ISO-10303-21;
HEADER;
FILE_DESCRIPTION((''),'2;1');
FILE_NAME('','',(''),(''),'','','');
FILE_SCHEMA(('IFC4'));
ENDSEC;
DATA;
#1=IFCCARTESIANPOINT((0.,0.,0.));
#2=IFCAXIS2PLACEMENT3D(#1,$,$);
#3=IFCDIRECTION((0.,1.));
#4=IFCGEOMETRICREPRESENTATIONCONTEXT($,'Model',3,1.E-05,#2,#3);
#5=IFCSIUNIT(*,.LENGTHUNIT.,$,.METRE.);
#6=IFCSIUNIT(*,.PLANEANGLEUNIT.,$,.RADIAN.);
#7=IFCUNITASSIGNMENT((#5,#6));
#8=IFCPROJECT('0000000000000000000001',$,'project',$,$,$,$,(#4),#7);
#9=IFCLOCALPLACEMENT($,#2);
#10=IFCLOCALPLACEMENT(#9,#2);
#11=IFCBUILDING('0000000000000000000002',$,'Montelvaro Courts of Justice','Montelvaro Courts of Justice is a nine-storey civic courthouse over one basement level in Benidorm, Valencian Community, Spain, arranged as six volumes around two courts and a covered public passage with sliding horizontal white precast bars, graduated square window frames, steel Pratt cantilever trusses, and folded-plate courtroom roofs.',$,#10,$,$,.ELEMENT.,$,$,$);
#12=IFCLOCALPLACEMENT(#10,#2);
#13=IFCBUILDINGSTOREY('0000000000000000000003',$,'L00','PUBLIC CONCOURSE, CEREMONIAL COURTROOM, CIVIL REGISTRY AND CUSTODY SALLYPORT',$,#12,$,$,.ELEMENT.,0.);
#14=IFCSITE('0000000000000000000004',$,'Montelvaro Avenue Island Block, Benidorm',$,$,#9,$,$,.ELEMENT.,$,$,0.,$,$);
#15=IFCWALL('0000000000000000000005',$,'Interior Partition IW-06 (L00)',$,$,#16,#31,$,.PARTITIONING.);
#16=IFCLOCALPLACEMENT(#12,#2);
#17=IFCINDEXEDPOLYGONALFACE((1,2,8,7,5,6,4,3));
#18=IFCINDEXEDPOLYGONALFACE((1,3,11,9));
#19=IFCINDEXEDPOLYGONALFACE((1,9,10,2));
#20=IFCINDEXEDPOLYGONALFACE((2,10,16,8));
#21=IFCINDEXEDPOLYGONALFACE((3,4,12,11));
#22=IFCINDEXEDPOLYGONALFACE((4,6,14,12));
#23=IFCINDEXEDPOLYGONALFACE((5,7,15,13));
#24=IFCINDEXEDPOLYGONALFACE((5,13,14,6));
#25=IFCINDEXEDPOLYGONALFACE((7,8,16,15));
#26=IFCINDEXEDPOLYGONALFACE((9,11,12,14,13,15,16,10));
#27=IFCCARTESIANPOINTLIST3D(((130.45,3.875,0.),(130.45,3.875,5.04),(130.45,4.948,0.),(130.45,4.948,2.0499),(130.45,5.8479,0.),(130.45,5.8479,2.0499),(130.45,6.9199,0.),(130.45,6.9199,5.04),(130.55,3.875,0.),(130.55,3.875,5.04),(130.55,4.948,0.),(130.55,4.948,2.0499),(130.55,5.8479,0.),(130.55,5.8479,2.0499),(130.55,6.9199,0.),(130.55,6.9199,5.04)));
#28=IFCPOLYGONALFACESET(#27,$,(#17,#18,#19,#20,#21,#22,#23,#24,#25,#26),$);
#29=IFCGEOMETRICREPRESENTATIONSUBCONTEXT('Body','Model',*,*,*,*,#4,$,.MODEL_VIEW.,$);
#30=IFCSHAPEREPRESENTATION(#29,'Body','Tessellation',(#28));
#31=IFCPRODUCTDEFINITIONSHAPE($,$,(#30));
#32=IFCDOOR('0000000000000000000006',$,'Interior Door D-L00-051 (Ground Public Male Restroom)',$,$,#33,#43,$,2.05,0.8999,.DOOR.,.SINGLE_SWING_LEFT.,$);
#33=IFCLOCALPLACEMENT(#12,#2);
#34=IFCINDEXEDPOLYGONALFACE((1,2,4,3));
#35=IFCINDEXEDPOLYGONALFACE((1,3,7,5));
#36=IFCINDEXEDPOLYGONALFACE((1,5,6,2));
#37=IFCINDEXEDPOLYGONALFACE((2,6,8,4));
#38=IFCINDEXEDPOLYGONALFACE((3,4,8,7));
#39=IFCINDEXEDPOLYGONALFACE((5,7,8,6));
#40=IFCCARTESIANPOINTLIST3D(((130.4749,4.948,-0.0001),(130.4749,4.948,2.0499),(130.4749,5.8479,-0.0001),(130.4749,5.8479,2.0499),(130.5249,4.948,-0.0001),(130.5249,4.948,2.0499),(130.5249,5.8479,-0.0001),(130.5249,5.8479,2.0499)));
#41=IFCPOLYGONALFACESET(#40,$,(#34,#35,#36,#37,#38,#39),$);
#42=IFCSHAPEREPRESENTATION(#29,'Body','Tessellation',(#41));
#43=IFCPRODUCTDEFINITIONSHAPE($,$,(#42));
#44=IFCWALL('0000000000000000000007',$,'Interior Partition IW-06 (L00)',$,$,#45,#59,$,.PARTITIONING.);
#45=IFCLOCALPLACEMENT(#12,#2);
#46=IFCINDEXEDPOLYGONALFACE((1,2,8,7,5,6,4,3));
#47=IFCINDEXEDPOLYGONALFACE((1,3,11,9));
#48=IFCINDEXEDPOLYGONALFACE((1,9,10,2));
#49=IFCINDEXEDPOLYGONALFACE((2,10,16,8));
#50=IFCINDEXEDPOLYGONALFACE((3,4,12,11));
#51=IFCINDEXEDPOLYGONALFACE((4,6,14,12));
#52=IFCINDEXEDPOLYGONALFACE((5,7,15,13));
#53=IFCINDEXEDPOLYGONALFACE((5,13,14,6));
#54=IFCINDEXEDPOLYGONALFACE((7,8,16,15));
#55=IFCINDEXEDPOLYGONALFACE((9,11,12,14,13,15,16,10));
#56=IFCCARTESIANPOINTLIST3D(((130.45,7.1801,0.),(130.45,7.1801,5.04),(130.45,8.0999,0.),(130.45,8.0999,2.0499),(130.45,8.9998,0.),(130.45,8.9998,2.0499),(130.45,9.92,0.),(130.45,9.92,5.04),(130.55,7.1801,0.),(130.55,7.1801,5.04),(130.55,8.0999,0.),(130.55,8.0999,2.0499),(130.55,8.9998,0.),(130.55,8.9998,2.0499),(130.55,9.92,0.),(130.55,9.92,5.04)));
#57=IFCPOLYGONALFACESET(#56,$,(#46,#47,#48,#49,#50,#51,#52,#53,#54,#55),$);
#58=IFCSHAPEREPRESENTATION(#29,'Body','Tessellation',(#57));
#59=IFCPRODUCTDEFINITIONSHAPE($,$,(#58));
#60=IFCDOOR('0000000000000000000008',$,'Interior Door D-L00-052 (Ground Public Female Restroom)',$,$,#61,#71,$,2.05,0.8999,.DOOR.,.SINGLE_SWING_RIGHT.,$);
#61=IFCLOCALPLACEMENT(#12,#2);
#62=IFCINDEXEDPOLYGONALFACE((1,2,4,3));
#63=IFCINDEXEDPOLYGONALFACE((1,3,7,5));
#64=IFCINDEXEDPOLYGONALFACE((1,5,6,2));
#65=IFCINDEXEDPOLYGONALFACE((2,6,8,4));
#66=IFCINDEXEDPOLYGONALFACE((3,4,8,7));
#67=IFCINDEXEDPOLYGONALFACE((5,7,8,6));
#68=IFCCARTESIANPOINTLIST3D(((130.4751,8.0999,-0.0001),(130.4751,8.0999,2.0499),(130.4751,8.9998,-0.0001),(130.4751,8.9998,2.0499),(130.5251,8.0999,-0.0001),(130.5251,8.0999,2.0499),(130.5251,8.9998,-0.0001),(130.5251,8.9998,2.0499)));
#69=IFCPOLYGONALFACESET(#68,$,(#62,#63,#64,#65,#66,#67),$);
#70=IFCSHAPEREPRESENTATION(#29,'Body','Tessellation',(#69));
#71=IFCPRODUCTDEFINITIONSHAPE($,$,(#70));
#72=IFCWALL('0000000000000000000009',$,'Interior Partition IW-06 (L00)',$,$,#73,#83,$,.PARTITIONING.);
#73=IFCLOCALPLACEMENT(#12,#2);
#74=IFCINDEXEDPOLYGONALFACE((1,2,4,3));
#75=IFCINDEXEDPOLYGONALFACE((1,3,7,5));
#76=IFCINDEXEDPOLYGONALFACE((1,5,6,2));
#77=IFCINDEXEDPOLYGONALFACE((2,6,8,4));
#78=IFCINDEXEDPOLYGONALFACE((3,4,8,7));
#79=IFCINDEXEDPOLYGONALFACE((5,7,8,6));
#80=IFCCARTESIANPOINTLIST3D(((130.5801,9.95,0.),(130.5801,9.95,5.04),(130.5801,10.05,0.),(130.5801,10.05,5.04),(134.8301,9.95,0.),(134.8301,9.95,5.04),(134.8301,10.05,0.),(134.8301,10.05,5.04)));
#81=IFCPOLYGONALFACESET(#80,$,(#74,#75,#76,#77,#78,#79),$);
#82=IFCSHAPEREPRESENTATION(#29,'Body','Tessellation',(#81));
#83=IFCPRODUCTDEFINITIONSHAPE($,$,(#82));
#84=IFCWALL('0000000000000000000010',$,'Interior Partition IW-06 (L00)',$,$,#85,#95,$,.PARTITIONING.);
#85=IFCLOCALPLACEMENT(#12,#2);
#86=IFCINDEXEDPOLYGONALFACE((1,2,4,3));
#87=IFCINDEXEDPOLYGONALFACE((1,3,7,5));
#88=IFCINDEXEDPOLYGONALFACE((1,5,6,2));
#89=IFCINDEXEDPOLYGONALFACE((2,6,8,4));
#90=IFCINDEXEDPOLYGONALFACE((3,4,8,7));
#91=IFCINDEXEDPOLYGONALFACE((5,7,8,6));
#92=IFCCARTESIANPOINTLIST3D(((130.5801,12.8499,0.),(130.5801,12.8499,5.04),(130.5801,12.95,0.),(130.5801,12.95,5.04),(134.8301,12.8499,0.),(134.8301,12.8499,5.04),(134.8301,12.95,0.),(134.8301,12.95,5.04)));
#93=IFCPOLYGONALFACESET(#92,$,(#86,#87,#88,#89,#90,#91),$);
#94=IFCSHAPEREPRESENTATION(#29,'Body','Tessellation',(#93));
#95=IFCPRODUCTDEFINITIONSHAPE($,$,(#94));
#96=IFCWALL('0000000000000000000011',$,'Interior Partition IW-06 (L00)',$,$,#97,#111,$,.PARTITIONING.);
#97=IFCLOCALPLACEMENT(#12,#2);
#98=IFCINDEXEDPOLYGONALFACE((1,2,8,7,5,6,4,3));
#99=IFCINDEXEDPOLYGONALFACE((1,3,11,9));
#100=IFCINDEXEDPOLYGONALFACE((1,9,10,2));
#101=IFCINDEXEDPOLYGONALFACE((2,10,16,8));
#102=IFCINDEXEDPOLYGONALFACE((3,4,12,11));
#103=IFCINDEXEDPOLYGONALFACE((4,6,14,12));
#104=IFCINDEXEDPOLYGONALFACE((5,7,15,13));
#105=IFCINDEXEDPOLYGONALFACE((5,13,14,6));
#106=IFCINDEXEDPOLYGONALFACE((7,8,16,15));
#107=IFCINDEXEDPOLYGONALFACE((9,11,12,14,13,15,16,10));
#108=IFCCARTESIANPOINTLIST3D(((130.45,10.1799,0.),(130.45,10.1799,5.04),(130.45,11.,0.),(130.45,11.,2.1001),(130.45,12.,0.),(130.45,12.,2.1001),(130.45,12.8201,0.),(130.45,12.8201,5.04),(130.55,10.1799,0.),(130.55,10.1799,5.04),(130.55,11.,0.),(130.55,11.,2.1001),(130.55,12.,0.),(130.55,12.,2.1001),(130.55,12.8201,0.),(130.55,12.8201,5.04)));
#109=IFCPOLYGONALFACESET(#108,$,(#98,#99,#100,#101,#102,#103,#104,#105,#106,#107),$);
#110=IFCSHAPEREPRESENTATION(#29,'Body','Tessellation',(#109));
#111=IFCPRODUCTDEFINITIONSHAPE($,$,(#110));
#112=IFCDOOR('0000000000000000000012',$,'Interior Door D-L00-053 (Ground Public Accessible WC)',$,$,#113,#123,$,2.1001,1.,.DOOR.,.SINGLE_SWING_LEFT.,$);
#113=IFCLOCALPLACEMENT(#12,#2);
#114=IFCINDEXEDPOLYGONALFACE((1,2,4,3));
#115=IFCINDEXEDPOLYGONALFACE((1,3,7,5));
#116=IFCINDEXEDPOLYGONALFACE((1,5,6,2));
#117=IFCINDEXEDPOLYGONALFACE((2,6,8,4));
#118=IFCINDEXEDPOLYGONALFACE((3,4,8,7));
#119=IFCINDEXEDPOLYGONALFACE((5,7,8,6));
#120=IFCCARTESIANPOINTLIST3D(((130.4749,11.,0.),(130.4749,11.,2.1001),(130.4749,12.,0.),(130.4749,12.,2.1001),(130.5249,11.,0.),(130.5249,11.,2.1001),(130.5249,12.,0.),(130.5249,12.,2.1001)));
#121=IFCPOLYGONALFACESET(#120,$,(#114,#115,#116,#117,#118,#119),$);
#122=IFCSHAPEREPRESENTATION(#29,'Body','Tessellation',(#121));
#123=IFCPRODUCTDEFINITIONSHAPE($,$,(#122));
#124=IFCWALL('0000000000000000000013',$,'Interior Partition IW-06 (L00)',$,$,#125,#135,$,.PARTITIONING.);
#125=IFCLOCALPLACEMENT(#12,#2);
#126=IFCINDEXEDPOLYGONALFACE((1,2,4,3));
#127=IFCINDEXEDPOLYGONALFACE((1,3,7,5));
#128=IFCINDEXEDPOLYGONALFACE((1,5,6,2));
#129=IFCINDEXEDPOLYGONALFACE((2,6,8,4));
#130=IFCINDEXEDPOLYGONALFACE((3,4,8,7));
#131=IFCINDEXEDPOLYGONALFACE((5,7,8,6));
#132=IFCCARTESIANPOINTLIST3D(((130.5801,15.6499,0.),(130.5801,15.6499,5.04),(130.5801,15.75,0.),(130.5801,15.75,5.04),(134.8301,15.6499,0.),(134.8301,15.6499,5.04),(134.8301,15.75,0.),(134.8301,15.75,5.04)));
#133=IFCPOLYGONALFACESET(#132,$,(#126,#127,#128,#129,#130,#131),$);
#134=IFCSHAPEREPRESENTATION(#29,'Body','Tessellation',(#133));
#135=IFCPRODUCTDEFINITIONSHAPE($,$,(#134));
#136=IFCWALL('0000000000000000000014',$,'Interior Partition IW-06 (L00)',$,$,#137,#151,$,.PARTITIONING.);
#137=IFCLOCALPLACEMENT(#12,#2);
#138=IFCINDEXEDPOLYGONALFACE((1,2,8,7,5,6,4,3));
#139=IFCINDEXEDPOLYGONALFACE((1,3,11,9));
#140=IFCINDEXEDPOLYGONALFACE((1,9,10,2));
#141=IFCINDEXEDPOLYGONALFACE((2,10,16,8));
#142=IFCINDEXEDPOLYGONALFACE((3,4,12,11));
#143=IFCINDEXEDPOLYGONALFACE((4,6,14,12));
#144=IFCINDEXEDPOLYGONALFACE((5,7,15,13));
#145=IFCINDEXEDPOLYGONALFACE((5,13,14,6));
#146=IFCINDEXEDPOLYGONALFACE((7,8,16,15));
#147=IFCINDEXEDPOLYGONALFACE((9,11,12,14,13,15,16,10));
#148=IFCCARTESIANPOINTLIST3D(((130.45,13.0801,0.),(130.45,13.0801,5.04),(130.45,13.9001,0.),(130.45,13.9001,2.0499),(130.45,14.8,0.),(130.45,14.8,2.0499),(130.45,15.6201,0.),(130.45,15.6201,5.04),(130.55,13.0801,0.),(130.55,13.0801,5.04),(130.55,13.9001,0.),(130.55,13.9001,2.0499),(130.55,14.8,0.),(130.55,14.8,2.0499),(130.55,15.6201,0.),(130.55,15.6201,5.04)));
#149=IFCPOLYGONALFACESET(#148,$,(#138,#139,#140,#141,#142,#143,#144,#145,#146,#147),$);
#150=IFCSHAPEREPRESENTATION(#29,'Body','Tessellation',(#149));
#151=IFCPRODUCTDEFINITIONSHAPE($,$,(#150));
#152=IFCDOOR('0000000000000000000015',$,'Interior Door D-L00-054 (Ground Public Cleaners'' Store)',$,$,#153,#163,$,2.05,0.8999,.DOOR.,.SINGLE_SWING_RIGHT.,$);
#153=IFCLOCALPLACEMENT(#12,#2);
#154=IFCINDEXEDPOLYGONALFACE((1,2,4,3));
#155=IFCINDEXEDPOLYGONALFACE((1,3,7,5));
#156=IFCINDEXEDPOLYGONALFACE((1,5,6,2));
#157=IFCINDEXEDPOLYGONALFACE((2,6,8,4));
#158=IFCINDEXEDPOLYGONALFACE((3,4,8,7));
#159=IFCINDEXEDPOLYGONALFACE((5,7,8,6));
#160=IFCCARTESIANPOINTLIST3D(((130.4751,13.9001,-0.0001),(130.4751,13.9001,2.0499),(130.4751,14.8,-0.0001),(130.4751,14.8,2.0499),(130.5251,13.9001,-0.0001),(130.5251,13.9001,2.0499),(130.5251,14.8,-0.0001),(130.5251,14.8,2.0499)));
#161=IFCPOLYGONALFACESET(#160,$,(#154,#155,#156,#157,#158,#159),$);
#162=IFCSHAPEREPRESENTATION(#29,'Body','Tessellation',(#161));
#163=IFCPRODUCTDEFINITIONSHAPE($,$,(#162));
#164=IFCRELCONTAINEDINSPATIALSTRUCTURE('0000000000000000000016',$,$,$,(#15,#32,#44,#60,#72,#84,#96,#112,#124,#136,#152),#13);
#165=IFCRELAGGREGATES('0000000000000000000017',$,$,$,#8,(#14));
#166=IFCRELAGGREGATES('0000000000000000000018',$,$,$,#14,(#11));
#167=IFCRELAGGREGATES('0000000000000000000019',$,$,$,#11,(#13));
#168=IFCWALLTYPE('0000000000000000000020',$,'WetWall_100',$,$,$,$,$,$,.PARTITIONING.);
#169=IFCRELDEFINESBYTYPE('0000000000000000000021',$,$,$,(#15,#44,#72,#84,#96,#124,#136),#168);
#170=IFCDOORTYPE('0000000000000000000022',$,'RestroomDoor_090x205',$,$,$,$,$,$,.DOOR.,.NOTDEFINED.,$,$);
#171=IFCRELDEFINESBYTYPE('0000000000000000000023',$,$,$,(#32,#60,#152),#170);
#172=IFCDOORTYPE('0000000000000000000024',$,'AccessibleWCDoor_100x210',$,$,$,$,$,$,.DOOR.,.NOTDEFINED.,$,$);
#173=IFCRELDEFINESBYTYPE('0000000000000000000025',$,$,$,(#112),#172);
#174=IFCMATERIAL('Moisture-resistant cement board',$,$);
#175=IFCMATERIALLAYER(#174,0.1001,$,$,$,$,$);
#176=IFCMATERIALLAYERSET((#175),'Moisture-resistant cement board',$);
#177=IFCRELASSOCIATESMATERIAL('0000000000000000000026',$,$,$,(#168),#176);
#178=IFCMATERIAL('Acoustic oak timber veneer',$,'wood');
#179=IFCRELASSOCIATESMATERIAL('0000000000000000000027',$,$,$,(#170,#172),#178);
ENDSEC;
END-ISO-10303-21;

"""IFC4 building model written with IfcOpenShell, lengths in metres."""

from ifc_helpers import new_model, si_unit, direction, frame, frame_2d, origin, place, context, subcontext, project, spatial, rectangle, extrude, material, layer, layer_set, type_object, element, fill, save


model = new_model("IFC4")

# Units and contexts
model_context = context("Model", 3, precision=1e-05, world=origin(), true_north=direction((0.0, 1.0)))
body_context = subcontext(model_context, "Body", "Model", "MODEL_VIEW")
ifc_project = project(units=[si_unit("LENGTHUNIT", "METRE"), si_unit("PLANEANGLEUNIT", "RADIAN")], contexts=[model_context])

# Site, building, storey
site_placement = place(None, origin())
site = spatial("IfcSite", under=ifc_project, at=site_placement, Name="Montelvaro Avenue Island Block, Benidorm", CompositionType="ELEMENT", RefElevation=0.0)
building_placement = place(site_placement, origin())
building = spatial("IfcBuilding", under=site, at=building_placement, Name="Montelvaro Courts of Justice", Description="Montelvaro Courts of Justice is a nine-storey civic courthouse over one basement level in Benidorm, Valencian Community, Spain, arranged as six volumes around two courts and a covered public passage with sliding horizontal white precast bars, graduated square window frames, steel Pratt cantilever trusses, and folded-plate courtroom roofs.", CompositionType="ELEMENT")
storey_placement = place(building_placement, origin())
storey = spatial("IfcBuildingStorey", under=building, at=storey_placement, Name="L00", Description="PUBLIC CONCOURSE, CEREMONIAL COURTROOM, CIVIL REGISTRY AND CUSTODY SALLYPORT", CompositionType="ELEMENT", Elevation=0.0)

# Walls, openings, doors
ifc_material_1 = material(Name="Moisture-resistant cement board")
ifc_layer_1 = layer(ifc_material_1, 0.1001)
ifc_layer_set_1 = layer_set([ifc_layer_1], Name="Moisture-resistant cement board")
wall_type_1 = type_object("IfcWallType", Name="WetWall_100", PredefinedType="PARTITIONING", material=ifc_layer_set_1)
wall_1_placement = place(storey_placement, frame((130.5, 3.875, 0.0), z_axis=(0.0, 0.0, 1.0), x_axis=(0.0, 1.0, 0.0)))
wall_1 = element("IfcWall", 1, at=wall_1_placement, inside=storey, type_object=wall_type_1, Name="Interior Partition IW-06 (L00)", PredefinedType="PARTITIONING", context=body_context, shape_type="SweptSolid", body=[
    extrude(rectangle(XDim=3.0449, YDim=0.1001, at=frame_2d((1.5225, 0.0))), origin(), (0.0, 0.0, 1.0), 5.04),
])
opening_1_placement = place(wall_1_placement, frame((1.073, 0.0, 0.0)))
opening_1 = element("IfcOpeningElement", 2, at=opening_1_placement, cuts=wall_1, PredefinedType="OPENING", context=body_context, shape_type="SweptSolid", body=[
    extrude(rectangle(XDim=0.8999, YDim=2.05, at=frame_2d((0.45, 1.0249))), frame((0.0, 0.0649, 0.0), z_axis=(0.0, -1.0, 0.0), x_axis=(1.0, 0.0, 0.0)), (0.0, 0.0, 1.0), 0.1299),
])
ifc_material_2 = material(Name="Acoustic oak timber veneer", Category="wood")
door_type_1 = type_object("IfcDoorType", Name="RestroomDoor_090x205", OperationType="NOTDEFINED", PredefinedType="DOOR", material=ifc_material_2)
door_1_placement = place(opening_1_placement, frame((0.8999, 0.0, 0.0), z_axis=(0.0, 0.0, 1.0), x_axis=(-1.0, 0.0, 0.0)))
door_1 = element("IfcDoor", 3, at=door_1_placement, inside=storey, type_object=door_type_1, Name="Interior Door D-L00-051 (Ground Public Male Restroom)", OperationType="SINGLE_SWING_LEFT", OverallHeight=2.05, OverallWidth=0.8999, PredefinedType="DOOR", context=body_context, shape_type="SweptSolid", body=[
    extrude(rectangle(XDim=0.8999, YDim=2.05, at=frame_2d((0.45, 1.0249))), frame((0.0, 0.0249, 0.0), z_axis=(0.0, -1.0, 0.0), x_axis=(1.0, 0.0, 0.0)), (0.0, 0.0, 1.0), 0.05),
])
fill(opening_1, door_1)
wall_2_placement = place(storey_placement, frame((130.5, 7.1799, 0.0), z_axis=(0.0, 0.0, 1.0), x_axis=(0.0, 1.0, 0.0)))
wall_2 = element("IfcWall", 4, at=wall_2_placement, inside=storey, type_object=wall_type_1, Name="Interior Partition IW-06 (L00)", PredefinedType="PARTITIONING", context=body_context, shape_type="SweptSolid", body=[
    extrude(rectangle(XDim=2.74, YDim=0.1001, at=frame_2d((1.3701, 0.0))), origin(), (0.0, 0.0, 1.0), 5.04),
])
opening_2_placement = place(wall_2_placement, frame((0.9199, 0.0, 0.0)))
opening_2 = element("IfcOpeningElement", 5, at=opening_2_placement, cuts=wall_2, PredefinedType="OPENING", context=body_context, shape_type="SweptSolid", body=[
    extrude(rectangle(XDim=0.8999, YDim=2.05, at=frame_2d((0.45, 1.0249))), frame((0.0, 0.0649, 0.0), z_axis=(0.0, -1.0, 0.0), x_axis=(1.0, 0.0, 0.0)), (0.0, 0.0, 1.0), 0.1299),
])
door_2_placement = place(opening_2_placement, origin())
door_2 = element("IfcDoor", 6, at=door_2_placement, inside=storey, type_object=door_type_1, Name="Interior Door D-L00-052 (Ground Public Female Restroom)", OperationType="SINGLE_SWING_RIGHT", OverallHeight=2.05, OverallWidth=0.8999, PredefinedType="DOOR", context=body_context, shape_type="SweptSolid", body=[
    extrude(rectangle(XDim=0.8999, YDim=2.05, at=frame_2d((0.45, 1.0249))), frame((0.0, 0.0249, 0.0), z_axis=(0.0, -1.0, 0.0), x_axis=(1.0, 0.0, 0.0)), (0.0, 0.0, 1.0), 0.05),
])
fill(opening_2, door_2)

# Walls
for number, where, z_axis, x_axis, name in (
    (7, (130.5801, 10.0, 0.0), (0.0, 0.0, 1.0), (1.0, 0.0, 0.0), "Interior Partition IW-06 (L00)"),
    (8, (130.5801, 12.8999, 0.0), (0.0, 0.0, 1.0), (1.0, 0.0, 0.0), "Interior Partition IW-06 (L00)"),
):
    element("IfcWall", number, at=place(storey_placement, frame(where, z_axis=z_axis, x_axis=x_axis)), inside=storey, type_object=wall_type_1, Name=name, PredefinedType="PARTITIONING", context=body_context, shape_type="SweptSolid", body=[
        extrude(rectangle(XDim=4.25, YDim=0.1001, at=frame_2d((2.125, 0.0))), origin(), (0.0, 0.0, 1.0), 5.04),
    ])

# Wall, opening, door
wall_3_placement = place(storey_placement, frame((130.5, 10.1799, 0.0), z_axis=(0.0, 0.0, 1.0), x_axis=(0.0, 1.0, 0.0)))
wall_3 = element("IfcWall", 9, at=wall_3_placement, inside=storey, type_object=wall_type_1, Name="Interior Partition IW-06 (L00)", PredefinedType="PARTITIONING", context=body_context, shape_type="SweptSolid", body=[
    extrude(rectangle(XDim=2.6401, YDim=0.1001, at=frame_2d((1.3201, 0.0))), origin(), (0.0, 0.0, 1.0), 5.04),
])
opening_3_placement = place(wall_3_placement, frame((0.8201, 0.0, 0.0)))
opening_3 = element("IfcOpeningElement", 10, at=opening_3_placement, cuts=wall_3, PredefinedType="OPENING", context=body_context, shape_type="SweptSolid", body=[
    extrude(rectangle(XDim=1.0, YDim=2.1001, at=frame_2d((0.5, 1.05))), frame((0.0, 0.0649, 0.0), z_axis=(0.0, -1.0, 0.0), x_axis=(1.0, 0.0, 0.0)), (0.0, 0.0, 1.0), 0.1299),
])
door_type_2 = type_object("IfcDoorType", Name="AccessibleWCDoor_100x210", OperationType="NOTDEFINED", PredefinedType="DOOR", material=ifc_material_2)
door_3_placement = place(opening_3_placement, frame((1.0, 0.0, 0.0), z_axis=(0.0, 0.0, 1.0), x_axis=(-1.0, 0.0, 0.0)))
door_3 = element("IfcDoor", 11, at=door_3_placement, inside=storey, type_object=door_type_2, Name="Interior Door D-L00-053 (Ground Public Accessible WC)", OperationType="SINGLE_SWING_LEFT", OverallHeight=2.1001, OverallWidth=1.0, PredefinedType="DOOR", context=body_context, shape_type="SweptSolid", body=[
    extrude(rectangle(XDim=1.0, YDim=2.1001, at=frame_2d((0.5, 1.05))), frame((0.0, 0.0249, 0.0), z_axis=(0.0, -1.0, 0.0), x_axis=(1.0, 0.0, 0.0)), (0.0, 0.0, 1.0), 0.05),
])
fill(opening_3, door_3)

# Wall
wall_4_placement = place(storey_placement, frame((130.5801, 15.7, 0.0), z_axis=(0.0, 0.0, 1.0), x_axis=(1.0, 0.0, 0.0)))
element("IfcWall", 12, at=wall_4_placement, inside=storey, type_object=wall_type_1, Name="Interior Partition IW-06 (L00)", PredefinedType="PARTITIONING", context=body_context, shape_type="SweptSolid", body=[
    extrude(rectangle(XDim=4.25, YDim=0.1001, at=frame_2d((2.125, 0.0))), origin(), (0.0, 0.0, 1.0), 5.04),
])

# Wall, opening, door
wall_5_placement = place(storey_placement, frame((130.5, 13.0801, 0.0), z_axis=(0.0, 0.0, 1.0), x_axis=(0.0, 1.0, 0.0)))
wall_5 = element("IfcWall", 13, at=wall_5_placement, inside=storey, type_object=wall_type_1, Name="Interior Partition IW-06 (L00)", PredefinedType="PARTITIONING", context=body_context, shape_type="SweptSolid", body=[
    extrude(rectangle(XDim=2.54, YDim=0.1001, at=frame_2d((1.27, 0.0))), origin(), (0.0, 0.0, 1.0), 5.04),
])
opening_4_placement = place(wall_5_placement, frame((0.8201, 0.0, 0.0)))
opening_4 = element("IfcOpeningElement", 14, at=opening_4_placement, cuts=wall_5, PredefinedType="OPENING", context=body_context, shape_type="SweptSolid", body=[
    extrude(rectangle(XDim=0.8999, YDim=2.05, at=frame_2d((0.45, 1.0249))), frame((0.0, 0.0649, 0.0), z_axis=(0.0, -1.0, 0.0), x_axis=(1.0, 0.0, 0.0)), (0.0, 0.0, 1.0), 0.1299),
])
door_4_placement = place(opening_4_placement, origin())
door_4 = element("IfcDoor", 15, at=door_4_placement, inside=storey, type_object=door_type_1, Name="Interior Door D-L00-054 (Ground Public Cleaners' Store)", OperationType="SINGLE_SWING_RIGHT", OverallHeight=2.05, OverallWidth=0.8999, PredefinedType="DOOR", context=body_context, shape_type="SweptSolid", body=[
    extrude(rectangle(XDim=0.8999, YDim=2.05, at=frame_2d((0.45, 1.0249))), frame((0.0, 0.0249, 0.0), z_axis=(0.0, -1.0, 0.0), x_axis=(1.0, 0.0, 0.0)), (0.0, 0.0, 1.0), 0.05),
])
fill(opening_4, door_4)

save(model, "model.ifc")
